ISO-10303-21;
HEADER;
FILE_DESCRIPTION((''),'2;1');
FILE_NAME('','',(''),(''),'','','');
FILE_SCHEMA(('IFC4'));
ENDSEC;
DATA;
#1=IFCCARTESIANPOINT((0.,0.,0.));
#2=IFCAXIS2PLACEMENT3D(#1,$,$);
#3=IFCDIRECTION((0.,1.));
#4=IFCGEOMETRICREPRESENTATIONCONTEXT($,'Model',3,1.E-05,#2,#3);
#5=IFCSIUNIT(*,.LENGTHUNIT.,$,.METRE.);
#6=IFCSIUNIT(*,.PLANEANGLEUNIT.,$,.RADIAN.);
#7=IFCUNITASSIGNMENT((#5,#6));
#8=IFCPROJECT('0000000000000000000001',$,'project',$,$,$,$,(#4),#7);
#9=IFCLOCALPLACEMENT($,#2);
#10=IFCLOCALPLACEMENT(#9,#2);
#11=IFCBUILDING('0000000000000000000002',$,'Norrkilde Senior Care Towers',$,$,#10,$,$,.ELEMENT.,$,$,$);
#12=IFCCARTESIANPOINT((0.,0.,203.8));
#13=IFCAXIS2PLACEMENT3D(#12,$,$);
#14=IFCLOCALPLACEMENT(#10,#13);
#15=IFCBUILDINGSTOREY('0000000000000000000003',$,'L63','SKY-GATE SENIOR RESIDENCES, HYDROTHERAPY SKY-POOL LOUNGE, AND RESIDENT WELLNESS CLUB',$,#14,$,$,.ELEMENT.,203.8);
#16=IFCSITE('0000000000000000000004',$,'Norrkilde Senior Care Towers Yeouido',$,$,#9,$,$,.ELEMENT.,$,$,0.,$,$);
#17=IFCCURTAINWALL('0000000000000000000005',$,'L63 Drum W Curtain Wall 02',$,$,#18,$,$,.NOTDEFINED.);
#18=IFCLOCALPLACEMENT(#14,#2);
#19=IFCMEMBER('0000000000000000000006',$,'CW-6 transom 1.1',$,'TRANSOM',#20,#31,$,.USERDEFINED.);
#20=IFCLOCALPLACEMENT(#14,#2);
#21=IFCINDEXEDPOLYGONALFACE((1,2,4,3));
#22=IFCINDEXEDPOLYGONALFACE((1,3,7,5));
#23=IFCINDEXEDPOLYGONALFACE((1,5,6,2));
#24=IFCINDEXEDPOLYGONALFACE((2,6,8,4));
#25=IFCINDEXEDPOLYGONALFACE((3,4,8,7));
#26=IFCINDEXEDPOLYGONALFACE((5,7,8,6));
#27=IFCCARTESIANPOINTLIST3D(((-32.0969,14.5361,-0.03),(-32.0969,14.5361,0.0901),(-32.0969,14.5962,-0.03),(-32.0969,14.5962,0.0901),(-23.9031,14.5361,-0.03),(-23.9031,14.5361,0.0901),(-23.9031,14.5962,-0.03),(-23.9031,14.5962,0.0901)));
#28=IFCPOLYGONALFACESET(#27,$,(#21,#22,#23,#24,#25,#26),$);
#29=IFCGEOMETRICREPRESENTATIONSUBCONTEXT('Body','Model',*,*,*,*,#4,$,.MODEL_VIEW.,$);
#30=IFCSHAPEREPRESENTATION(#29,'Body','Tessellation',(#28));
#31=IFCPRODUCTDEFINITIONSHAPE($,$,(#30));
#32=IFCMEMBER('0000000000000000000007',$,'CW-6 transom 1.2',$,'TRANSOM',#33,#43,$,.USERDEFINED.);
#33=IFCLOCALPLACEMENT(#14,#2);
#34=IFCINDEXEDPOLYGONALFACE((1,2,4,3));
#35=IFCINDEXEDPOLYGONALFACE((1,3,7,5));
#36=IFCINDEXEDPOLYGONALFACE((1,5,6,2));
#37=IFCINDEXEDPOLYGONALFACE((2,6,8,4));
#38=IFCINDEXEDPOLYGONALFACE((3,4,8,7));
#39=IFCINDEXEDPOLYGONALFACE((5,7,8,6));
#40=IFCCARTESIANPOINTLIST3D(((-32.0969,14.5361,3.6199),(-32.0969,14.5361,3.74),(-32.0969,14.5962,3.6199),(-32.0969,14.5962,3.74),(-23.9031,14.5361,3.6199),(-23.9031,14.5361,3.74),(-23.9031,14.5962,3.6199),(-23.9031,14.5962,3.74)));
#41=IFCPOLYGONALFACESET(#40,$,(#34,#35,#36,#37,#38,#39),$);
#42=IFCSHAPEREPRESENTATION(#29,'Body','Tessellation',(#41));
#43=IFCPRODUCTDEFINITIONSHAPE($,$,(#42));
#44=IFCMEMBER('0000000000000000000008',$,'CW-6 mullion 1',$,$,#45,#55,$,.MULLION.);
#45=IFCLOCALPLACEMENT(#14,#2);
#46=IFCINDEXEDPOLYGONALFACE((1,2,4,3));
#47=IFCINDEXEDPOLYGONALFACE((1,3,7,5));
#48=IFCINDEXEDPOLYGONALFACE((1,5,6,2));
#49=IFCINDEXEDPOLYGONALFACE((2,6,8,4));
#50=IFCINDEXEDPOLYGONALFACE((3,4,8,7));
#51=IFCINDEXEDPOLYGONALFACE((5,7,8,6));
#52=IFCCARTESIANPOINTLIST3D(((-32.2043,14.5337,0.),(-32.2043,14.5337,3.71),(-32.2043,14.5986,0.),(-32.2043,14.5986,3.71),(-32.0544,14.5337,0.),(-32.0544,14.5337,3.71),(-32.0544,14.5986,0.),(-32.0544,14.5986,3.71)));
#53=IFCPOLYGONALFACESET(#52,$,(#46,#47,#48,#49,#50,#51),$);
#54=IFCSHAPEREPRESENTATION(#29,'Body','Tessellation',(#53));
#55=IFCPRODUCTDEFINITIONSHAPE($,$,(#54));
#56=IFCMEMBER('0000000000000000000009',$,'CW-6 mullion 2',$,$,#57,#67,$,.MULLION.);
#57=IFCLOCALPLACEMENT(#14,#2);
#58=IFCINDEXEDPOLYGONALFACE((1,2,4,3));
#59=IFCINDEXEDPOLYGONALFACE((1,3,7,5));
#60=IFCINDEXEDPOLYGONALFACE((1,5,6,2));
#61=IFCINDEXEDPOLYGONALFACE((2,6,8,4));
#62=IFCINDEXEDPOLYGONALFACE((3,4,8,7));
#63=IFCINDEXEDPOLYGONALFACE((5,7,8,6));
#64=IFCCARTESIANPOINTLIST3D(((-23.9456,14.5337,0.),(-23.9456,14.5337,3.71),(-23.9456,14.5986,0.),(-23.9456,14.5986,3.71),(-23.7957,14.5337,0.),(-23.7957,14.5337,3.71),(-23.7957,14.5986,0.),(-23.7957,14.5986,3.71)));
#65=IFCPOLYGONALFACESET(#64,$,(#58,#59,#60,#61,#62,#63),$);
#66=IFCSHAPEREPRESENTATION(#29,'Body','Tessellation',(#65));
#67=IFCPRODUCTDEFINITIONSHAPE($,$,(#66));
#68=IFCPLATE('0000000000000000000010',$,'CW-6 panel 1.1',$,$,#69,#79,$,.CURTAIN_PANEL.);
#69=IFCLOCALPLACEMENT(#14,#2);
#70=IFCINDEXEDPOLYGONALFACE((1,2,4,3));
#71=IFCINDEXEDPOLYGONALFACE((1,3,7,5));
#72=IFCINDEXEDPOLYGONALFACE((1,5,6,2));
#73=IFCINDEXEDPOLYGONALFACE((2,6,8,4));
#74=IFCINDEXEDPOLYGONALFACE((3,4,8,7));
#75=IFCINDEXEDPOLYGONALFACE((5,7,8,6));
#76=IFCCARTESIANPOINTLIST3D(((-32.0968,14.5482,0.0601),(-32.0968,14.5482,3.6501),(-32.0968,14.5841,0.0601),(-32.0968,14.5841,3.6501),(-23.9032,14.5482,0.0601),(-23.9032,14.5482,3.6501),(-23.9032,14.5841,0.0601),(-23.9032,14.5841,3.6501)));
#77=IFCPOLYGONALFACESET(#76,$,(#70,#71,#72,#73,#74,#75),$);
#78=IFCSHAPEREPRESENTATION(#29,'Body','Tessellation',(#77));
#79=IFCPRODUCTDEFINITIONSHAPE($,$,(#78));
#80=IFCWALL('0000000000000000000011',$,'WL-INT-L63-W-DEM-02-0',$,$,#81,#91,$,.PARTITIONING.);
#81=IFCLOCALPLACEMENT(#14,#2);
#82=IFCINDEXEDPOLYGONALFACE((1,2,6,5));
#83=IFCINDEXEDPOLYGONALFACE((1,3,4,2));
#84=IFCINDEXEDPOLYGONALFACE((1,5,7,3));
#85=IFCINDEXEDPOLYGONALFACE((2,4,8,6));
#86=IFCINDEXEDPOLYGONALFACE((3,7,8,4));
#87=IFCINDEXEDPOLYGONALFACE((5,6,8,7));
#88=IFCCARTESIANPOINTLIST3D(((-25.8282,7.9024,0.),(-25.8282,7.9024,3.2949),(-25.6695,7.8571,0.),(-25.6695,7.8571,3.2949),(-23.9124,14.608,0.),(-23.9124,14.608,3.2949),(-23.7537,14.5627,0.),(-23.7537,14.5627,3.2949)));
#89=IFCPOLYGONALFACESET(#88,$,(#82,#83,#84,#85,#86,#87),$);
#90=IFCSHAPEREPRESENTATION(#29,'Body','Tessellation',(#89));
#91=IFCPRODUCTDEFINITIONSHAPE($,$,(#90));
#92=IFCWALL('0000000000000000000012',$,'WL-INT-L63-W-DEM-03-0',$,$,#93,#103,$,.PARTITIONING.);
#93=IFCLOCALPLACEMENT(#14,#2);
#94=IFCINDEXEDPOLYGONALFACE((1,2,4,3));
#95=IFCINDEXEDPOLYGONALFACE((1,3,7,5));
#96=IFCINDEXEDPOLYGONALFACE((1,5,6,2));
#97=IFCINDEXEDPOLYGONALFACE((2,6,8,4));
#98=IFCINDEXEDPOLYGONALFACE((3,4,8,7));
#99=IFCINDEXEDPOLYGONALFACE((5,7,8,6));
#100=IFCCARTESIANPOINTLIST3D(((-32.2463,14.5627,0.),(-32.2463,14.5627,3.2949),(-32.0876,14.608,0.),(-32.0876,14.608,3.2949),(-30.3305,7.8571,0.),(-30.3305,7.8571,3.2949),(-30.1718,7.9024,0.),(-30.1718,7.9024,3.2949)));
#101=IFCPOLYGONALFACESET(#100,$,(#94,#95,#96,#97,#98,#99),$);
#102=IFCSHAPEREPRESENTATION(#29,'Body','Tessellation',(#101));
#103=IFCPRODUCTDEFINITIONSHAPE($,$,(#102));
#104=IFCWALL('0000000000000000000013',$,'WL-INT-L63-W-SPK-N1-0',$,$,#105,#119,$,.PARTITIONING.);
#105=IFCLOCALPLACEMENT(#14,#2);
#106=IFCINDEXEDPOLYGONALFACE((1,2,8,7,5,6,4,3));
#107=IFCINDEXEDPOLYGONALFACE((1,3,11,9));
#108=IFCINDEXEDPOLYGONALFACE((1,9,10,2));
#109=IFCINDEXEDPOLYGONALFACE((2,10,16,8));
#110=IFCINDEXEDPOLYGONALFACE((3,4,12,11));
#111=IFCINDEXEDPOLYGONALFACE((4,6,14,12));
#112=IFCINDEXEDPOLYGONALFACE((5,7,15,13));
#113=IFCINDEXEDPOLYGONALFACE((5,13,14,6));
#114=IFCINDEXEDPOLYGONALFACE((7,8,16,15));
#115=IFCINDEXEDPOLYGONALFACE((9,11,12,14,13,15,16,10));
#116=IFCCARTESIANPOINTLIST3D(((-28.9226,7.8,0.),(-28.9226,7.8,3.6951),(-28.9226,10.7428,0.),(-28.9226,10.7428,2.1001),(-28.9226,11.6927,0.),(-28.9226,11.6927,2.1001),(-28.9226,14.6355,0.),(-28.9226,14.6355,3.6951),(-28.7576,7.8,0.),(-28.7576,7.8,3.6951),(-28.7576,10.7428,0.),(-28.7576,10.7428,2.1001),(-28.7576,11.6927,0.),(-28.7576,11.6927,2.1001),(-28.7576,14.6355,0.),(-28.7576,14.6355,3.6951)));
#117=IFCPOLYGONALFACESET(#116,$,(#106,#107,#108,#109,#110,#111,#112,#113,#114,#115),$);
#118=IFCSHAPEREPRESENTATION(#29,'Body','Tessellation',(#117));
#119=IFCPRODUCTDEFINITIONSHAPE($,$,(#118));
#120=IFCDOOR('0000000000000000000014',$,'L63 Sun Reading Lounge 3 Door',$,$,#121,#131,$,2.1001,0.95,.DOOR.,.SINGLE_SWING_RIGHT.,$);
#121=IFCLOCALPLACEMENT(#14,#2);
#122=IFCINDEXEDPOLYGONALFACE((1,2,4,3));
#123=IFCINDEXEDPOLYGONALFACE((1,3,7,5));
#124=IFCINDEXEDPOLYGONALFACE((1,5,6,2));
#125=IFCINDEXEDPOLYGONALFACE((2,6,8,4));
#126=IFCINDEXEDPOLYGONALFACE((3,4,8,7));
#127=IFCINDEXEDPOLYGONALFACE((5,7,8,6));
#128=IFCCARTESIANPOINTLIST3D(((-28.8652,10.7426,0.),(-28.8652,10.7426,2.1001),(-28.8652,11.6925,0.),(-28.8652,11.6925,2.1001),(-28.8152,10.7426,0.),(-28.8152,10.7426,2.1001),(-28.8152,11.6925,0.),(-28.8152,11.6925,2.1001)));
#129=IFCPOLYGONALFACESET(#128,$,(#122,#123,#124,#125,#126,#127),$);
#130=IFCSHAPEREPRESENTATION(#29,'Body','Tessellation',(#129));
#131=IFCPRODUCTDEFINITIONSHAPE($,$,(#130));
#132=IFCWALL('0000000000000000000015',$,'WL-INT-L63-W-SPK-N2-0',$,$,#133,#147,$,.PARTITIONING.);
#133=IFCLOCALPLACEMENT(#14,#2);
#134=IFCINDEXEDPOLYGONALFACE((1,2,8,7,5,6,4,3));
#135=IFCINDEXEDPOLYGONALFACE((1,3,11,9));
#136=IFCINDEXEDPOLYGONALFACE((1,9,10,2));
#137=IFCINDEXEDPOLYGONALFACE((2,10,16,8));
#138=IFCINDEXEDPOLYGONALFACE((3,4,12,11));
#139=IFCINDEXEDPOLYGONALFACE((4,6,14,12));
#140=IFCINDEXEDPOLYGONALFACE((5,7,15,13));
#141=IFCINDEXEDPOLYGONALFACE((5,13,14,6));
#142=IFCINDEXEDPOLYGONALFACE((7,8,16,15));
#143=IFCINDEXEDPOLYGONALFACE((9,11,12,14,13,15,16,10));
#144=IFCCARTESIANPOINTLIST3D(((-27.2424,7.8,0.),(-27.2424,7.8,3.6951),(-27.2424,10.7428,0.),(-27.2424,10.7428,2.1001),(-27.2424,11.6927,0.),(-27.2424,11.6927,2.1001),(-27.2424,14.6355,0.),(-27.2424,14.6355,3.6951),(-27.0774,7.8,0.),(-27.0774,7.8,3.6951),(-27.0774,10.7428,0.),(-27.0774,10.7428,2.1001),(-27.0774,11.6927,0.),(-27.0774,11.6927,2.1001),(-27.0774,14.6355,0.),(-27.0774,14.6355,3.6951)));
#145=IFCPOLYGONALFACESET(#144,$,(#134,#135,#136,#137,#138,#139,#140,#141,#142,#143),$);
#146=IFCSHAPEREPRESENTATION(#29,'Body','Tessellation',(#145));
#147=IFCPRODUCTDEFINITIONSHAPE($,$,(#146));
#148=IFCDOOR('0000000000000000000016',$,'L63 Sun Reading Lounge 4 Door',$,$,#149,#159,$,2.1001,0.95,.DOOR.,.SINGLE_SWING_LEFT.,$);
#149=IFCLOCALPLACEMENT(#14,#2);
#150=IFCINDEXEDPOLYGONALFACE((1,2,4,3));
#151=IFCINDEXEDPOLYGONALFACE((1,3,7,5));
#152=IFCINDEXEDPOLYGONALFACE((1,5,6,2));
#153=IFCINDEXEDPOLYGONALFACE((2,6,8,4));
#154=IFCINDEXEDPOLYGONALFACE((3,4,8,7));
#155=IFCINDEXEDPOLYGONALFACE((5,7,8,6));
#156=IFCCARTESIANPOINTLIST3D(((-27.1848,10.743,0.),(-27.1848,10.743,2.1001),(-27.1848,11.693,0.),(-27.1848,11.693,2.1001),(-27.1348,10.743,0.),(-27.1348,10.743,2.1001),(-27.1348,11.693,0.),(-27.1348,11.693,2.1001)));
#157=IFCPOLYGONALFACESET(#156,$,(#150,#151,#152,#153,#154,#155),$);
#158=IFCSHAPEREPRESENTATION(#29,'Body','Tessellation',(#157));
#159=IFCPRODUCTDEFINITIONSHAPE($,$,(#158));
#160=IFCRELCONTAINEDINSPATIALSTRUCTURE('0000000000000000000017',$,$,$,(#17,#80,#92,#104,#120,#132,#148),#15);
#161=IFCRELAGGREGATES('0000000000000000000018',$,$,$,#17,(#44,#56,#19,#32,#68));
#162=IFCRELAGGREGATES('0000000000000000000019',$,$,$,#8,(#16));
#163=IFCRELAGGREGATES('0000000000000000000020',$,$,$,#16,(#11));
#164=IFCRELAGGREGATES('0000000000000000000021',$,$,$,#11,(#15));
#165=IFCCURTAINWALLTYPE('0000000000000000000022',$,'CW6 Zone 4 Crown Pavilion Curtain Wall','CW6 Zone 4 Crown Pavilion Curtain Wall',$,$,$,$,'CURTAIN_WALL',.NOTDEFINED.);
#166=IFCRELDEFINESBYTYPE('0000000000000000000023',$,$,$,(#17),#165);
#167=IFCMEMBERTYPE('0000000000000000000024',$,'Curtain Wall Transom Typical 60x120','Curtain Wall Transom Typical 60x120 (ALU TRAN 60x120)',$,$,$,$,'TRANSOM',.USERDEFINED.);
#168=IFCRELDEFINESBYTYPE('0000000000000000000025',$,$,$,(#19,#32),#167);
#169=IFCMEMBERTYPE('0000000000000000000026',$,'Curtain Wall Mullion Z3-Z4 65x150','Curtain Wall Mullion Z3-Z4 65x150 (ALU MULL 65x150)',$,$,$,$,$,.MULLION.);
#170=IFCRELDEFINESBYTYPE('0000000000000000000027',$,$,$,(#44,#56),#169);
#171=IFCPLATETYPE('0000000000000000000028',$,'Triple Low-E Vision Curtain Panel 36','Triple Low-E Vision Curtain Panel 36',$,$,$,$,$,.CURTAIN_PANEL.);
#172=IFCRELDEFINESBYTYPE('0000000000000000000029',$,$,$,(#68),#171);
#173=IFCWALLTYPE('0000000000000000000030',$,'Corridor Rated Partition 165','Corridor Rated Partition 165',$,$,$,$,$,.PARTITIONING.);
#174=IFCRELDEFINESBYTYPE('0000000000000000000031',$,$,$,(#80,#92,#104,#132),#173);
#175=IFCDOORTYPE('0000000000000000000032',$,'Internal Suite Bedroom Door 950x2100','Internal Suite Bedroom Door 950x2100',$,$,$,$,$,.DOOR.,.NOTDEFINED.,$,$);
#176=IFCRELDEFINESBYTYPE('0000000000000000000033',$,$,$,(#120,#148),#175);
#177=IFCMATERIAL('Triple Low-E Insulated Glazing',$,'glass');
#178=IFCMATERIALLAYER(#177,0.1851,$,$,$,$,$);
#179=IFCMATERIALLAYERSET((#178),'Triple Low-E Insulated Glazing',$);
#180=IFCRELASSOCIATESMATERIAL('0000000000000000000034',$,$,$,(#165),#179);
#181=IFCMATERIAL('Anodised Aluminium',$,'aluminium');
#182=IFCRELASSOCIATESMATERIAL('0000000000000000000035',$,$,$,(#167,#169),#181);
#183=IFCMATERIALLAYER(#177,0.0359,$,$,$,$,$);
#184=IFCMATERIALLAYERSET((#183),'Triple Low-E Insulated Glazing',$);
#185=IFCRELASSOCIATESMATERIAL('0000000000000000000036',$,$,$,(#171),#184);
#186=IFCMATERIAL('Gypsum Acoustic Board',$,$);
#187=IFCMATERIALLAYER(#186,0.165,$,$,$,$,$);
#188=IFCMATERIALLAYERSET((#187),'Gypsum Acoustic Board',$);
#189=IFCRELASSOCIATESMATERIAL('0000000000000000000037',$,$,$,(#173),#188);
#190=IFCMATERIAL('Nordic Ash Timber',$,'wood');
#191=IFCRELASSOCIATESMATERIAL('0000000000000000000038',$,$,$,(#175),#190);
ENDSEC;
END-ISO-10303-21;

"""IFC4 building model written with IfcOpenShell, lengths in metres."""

from ifc_helpers import new_model, si_unit, direction, frame, frame_2d, origin, origin_2d, place, context, subcontext, project, spatial, rectangle, extrude, source, transform, mapped, material, layer, layer_set, material_profile, profile_set, type_object, type_shapes, element, fill, aggregate, save


model = new_model("IFC4")

# Units and contexts
model_context = context("Model", 3, precision=1e-05, world=origin(), true_north=direction((0.0, 1.0)))
body_context = subcontext(model_context, "Body", "Model", "MODEL_VIEW")
ifc_project = project(units=[si_unit("LENGTHUNIT", "METRE"), si_unit("PLANEANGLEUNIT", "RADIAN")], contexts=[model_context])

# Site, building, storey
site_placement = place(None, origin())
site = spatial("IfcSite", under=ifc_project, at=site_placement, Name="Norrkilde Senior Care Towers Yeouido", CompositionType="ELEMENT", RefElevation=0.0)
building_placement = place(site_placement, origin())
building = spatial("IfcBuilding", under=site, at=building_placement, Name="Norrkilde Senior Care Towers", CompositionType="ELEMENT")
storey_placement = place(building_placement, frame((0.0, 0.0, 203.8)))
storey = spatial("IfcBuildingStorey", under=building, at=storey_placement, Name="L63", Description="SKY-GATE SENIOR RESIDENCES, HYDROTHERAPY SKY-POOL LOUNGE, AND RESIDENT WELLNESS CLUB", CompositionType="ELEMENT", Elevation=203.8)

# Curtain wall, members, plate
ifc_material_1 = material(Name="Triple Low-E Insulated Glazing", Category="glass")
ifc_layer_1 = layer(ifc_material_1, 0.1851)
ifc_layer_set_1 = layer_set([ifc_layer_1], Name="Triple Low-E Insulated Glazing")
curtain_wall_type = type_object("IfcCurtainWallType", Name="CW6 Zone 4 Crown Pavilion Curtain Wall", Description="CW6 Zone 4 Crown Pavilion Curtain Wall", ElementType="CURTAIN_WALL", PredefinedType="NOTDEFINED", material=ifc_layer_set_1)
curtain_wall_placement = place(storey_placement, origin())
curtain_wall = element("IfcCurtainWall", 1, at=curtain_wall_placement, inside=storey, type_object=curtain_wall_type, Name="L63 Drum W Curtain Wall 02", PredefinedType="NOTDEFINED")
ifc_material_2 = material(Name="Anodised Aluminium", Category="aluminium")
ifc_material_profile_1 = material_profile(ifc_material_2, rectangle(XDim=0.0601, YDim=0.1201, at=origin_2d()), Name="ALU TRAN 60x120")
ifc_profile_set_1 = profile_set([ifc_material_profile_1], Name="Anodised Aluminium")
member_type_1 = type_object("IfcMemberType", Name="Curtain Wall Transom Typical 60x120", Description="Curtain Wall Transom Typical 60x120 (ALU TRAN 60x120)", ElementType="TRANSOM", PredefinedType="USERDEFINED", material=ifc_profile_set_1)
shared_shape_1 = source(origin(), body_context, "Body", "SweptSolid", [
    extrude(rectangle(XDim=0.0601, YDim=0.1201, at=origin_2d()), origin(), (0.0, 0.0, 1.0), 8.1938),
])
type_shapes(member_type_1, [shared_shape_1])
member_1_placement = place(storey_placement, frame((-32.0969, 14.5662, 0.03), z_axis=(1.0, 0.0, 0.0), x_axis=(0.0, 1.0, 0.0)))
member_1 = element("IfcMember", 2, at=member_1_placement, type_object=member_type_1, Name="CW-6 transom 1.1", ObjectType="TRANSOM", PredefinedType="USERDEFINED", context=body_context, shape_type="MappedRepresentation", body=[
    mapped(shared_shape_1, transform((0.0, 0.0, 0.0), x_axis=(1.0, 0.0, 0.0), y_axis=(0.0, 1.0, 0.0), z_axis=(0.0, 0.0, 1.0), scale=1.0)),
])
member_2_placement = place(storey_placement, frame((-32.0969, 14.5662, 3.6799), z_axis=(1.0, 0.0, 0.0), x_axis=(0.0, 1.0, 0.0)))
member_2 = element("IfcMember", 3, at=member_2_placement, type_object=member_type_1, Name="CW-6 transom 1.2", ObjectType="TRANSOM", PredefinedType="USERDEFINED", context=body_context, shape_type="MappedRepresentation", body=[
    mapped(shared_shape_1, transform((0.0, 0.0, 0.0), x_axis=(1.0, 0.0, 0.0), y_axis=(0.0, 1.0, 0.0), z_axis=(0.0, 0.0, 1.0), scale=1.0)),
])
ifc_material_profile_2 = material_profile(ifc_material_2, rectangle(XDim=0.0649, YDim=0.1499, at=origin_2d()), Name="ALU MULL 65x150")
ifc_profile_set_2 = profile_set([ifc_material_profile_2], Name="Anodised Aluminium")
member_type_2 = type_object("IfcMemberType", Name="Curtain Wall Mullion Z3-Z4 65x150", Description="Curtain Wall Mullion Z3-Z4 65x150 (ALU MULL 65x150)", PredefinedType="MULLION", material=ifc_profile_set_2)
shared_shape_2 = source(origin(), body_context, "Body", "SweptSolid", [
    extrude(rectangle(XDim=0.0649, YDim=0.1499, at=origin_2d()), origin(), (0.0, 0.0, 1.0), 3.71),
])
type_shapes(member_type_2, [shared_shape_2])
member_3_placement = place(storey_placement, frame((-32.1294, 14.5662, 0.0), z_axis=(0.0, 0.0, 1.0), x_axis=(0.0, 1.0, 0.0)))
member_3 = element("IfcMember", 4, at=member_3_placement, type_object=member_type_2, Name="CW-6 mullion 1", PredefinedType="MULLION", context=body_context, shape_type="MappedRepresentation", body=[
    mapped(shared_shape_2, transform((0.0, 0.0, 0.0), x_axis=(1.0, 0.0, 0.0), y_axis=(0.0, 1.0, 0.0), z_axis=(0.0, 0.0, 1.0), scale=1.0)),
])
member_4_placement = place(storey_placement, frame((-23.8706, 14.5662, 0.0), z_axis=(0.0, 0.0, 1.0), x_axis=(0.0, 1.0, 0.0)))
member_4 = element("IfcMember", 5, at=member_4_placement, type_object=member_type_2, Name="CW-6 mullion 2", PredefinedType="MULLION", context=body_context, shape_type="MappedRepresentation", body=[
    mapped(shared_shape_2, transform((0.0, 0.0, 0.0), x_axis=(1.0, 0.0, 0.0), y_axis=(0.0, 1.0, 0.0), z_axis=(0.0, 0.0, 1.0), scale=1.0)),
])
ifc_layer_2 = layer(ifc_material_1, 0.0359)
ifc_layer_set_2 = layer_set([ifc_layer_2], Name="Triple Low-E Insulated Glazing")
plate_type = type_object("IfcPlateType", Name="Triple Low-E Vision Curtain Panel 36", Description="Triple Low-E Vision Curtain Panel 36", PredefinedType="CURTAIN_PANEL", material=ifc_layer_set_2)
shared_shape_3 = source(origin(), body_context, "Body", "SweptSolid", [
    extrude(rectangle(XDim=8.1936, YDim=0.0359, at=origin_2d()), origin(), (0.0, 0.0, 1.0), 3.5901),
])
type_shapes(plate_type, [shared_shape_3])
plate_placement = place(storey_placement, frame((-28.0, 14.5662, 0.0601), z_axis=(0.0, 0.0, 1.0), x_axis=(1.0, 0.0, 0.0)))
plate = element("IfcPlate", 6, at=plate_placement, type_object=plate_type, Name="CW-6 panel 1.1", PredefinedType="CURTAIN_PANEL", context=body_context, shape_type="MappedRepresentation", body=[
    mapped(shared_shape_3, transform((0.0, 0.0, 0.0), x_axis=(1.0, 0.0, 0.0), y_axis=(0.0, 1.0, 0.0), z_axis=(0.0, 0.0, 1.0), scale=1.0)),
])
aggregate(curtain_wall, [member_3, member_4, member_1, member_2, plate])

# Shared definitions
ifc_material_3 = material(Name="Gypsum Acoustic Board")
ifc_layer_3 = layer(ifc_material_3, 0.165)
ifc_layer_set_3 = layer_set([ifc_layer_3], Name="Gypsum Acoustic Board")
wall_type_1 = type_object("IfcWallType", Name="Corridor Rated Partition 165", Description="Corridor Rated Partition 165", PredefinedType="PARTITIONING", material=ifc_layer_set_3)
ifc_material_4 = material(Name="Nordic Ash Timber", Category="wood")

# Walls
shared_shape_4 = source(origin(), body_context, "Body", "SweptSolid", [
    extrude(rectangle(XDim=6.9739, YDim=0.165, at=frame_2d((3.4868, 0.0))), origin(), (0.0, 0.0, 1.0), 3.2949),
])
for number, where, z_axis, x_axis, name in (
    (7, (-25.7488, 7.8799, 0.0), (0.0, 0.0, 1.0), (0.274707, 0.961528, 0.0), "WL-INT-L63-W-DEM-02-0"),
    (8, (-30.2512, 7.8799, 0.0), (0.0, 0.0, 1.0), (-0.274707, 0.961528, 0.0), "WL-INT-L63-W-DEM-03-0"),
):
    element("IfcWall", number, at=place(storey_placement, frame(where, z_axis=z_axis, x_axis=x_axis)), inside=storey, type_object=wall_type_1, Name=name, PredefinedType="PARTITIONING", context=body_context, shape_type="MappedRepresentation", body=[
        mapped(shared_shape_4, transform((0.0, 0.0, 0.0), x_axis=(1.0, 0.0, 0.0), y_axis=(0.0, 1.0, 0.0), z_axis=(0.0, 0.0, 1.0), scale=1.0)),
    ])

# Walls, openings, doors
shared_shape_5 = source(origin(), body_context, "Body", "SweptSolid", [
    extrude(rectangle(XDim=6.8354, YDim=0.165, at=frame_2d((3.4177, 0.0))), origin(), (0.0, 0.0, 1.0), 3.6951),
])
wall_1_placement = place(storey_placement, frame((-28.8401, 7.8, 0.0), z_axis=(0.0, 0.0, 1.0), x_axis=(0.0, 1.0, 0.0)))
wall_1 = element("IfcWall", 9, at=wall_1_placement, inside=storey, type_object=wall_type_1, Name="WL-INT-L63-W-SPK-N1-0", PredefinedType="PARTITIONING", context=body_context, shape_type="MappedRepresentation", body=[
    mapped(shared_shape_5, transform((0.0, 0.0, 0.0), x_axis=(1.0, 0.0, 0.0), y_axis=(0.0, 1.0, 0.0), z_axis=(0.0, 0.0, 1.0), scale=1.0)),
])
opening_1_placement = place(wall_1_placement, frame((2.9426, 0.0, 0.0)))
opening_1 = element("IfcOpeningElement", 10, at=opening_1_placement, cuts=wall_1, PredefinedType="OPENING", context=body_context, shape_type="SweptSolid", body=[
    extrude(rectangle(XDim=0.95, YDim=2.1001, at=frame_2d((0.4751, 1.05))), frame((0.0, 0.0925, 0.0), z_axis=(0.0, -1.0, 0.0), x_axis=(1.0, 0.0, 0.0)), (0.0, 0.0, 1.0), 0.1851),
])
door_type_1 = type_object("IfcDoorType", Name="Internal Suite Bedroom Door 950x2100", Description="Internal Suite Bedroom Door 950x2100", OperationType="NOTDEFINED", PredefinedType="DOOR", material=ifc_material_4)
shared_shape_6 = source(origin(), body_context, "Body", "SweptSolid", [
    extrude(rectangle(XDim=0.95, YDim=2.1001, at=frame_2d((0.4751, 1.05))), frame((0.0, 0.0249, 0.0), z_axis=(0.0, -1.0, 0.0), x_axis=(1.0, 0.0, 0.0)), (0.0, 0.0, 1.0), 0.05),
])
type_shapes(door_type_1, [shared_shape_6])
door_1_placement = place(opening_1_placement, frame((0.95, 0.0, 0.0), z_axis=(0.0, 0.0, 1.0), x_axis=(-1.0, 0.0, 0.0)))
door_1 = element("IfcDoor", 11, at=door_1_placement, inside=storey, type_object=door_type_1, Name="L63 Sun Reading Lounge 3 Door", OperationType="SINGLE_SWING_RIGHT", OverallHeight=2.1001, OverallWidth=0.95, PredefinedType="DOOR", context=body_context, shape_type="MappedRepresentation", body=[
    mapped(shared_shape_6, transform((0.0, 0.0, 0.0), x_axis=(1.0, 0.0, 0.0), y_axis=(0.0, 1.0, 0.0), z_axis=(0.0, 0.0, 1.0), scale=1.0)),
])
fill(opening_1, door_1)
wall_2_placement = place(storey_placement, frame((-27.1599, 14.6355, 0.0), z_axis=(0.0, 0.0, 1.0), x_axis=(0.0, -1.0, 0.0)))
wall_2 = element("IfcWall", 12, at=wall_2_placement, inside=storey, type_object=wall_type_1, Name="WL-INT-L63-W-SPK-N2-0", PredefinedType="PARTITIONING", context=body_context, shape_type="MappedRepresentation", body=[
    mapped(shared_shape_5, transform((0.0, 0.0, 0.0), x_axis=(1.0, 0.0, 0.0), y_axis=(0.0, 1.0, 0.0), z_axis=(0.0, 0.0, 1.0), scale=1.0)),
])
opening_2_placement = place(wall_2_placement, frame((2.9426, 0.0, 0.0)))
opening_2 = element("IfcOpeningElement", 13, at=opening_2_placement, cuts=wall_2, PredefinedType="OPENING", context=body_context, shape_type="SweptSolid", body=[
    extrude(rectangle(XDim=0.95, YDim=2.1001, at=frame_2d((0.4751, 1.05))), frame((0.0, 0.0925, 0.0), z_axis=(0.0, -1.0, 0.0), x_axis=(1.0, 0.0, 0.0)), (0.0, 0.0, 1.0), 0.1851),
])
door_2_placement = place(opening_2_placement, frame((0.95, 0.0, 0.0), z_axis=(0.0, 0.0, 1.0), x_axis=(-1.0, 0.0, 0.0)))
door_2 = element("IfcDoor", 14, at=door_2_placement, inside=storey, type_object=door_type_1, Name="L63 Sun Reading Lounge 4 Door", OperationType="SINGLE_SWING_LEFT", OverallHeight=2.1001, OverallWidth=0.95, PredefinedType="DOOR", context=body_context, shape_type="MappedRepresentation", body=[
    mapped(shared_shape_6, transform((0.0, 0.0, 0.0), x_axis=(1.0, 0.0, 0.0), y_axis=(0.0, 1.0, 0.0), z_axis=(0.0, 0.0, 1.0), scale=1.0)),
])
fill(opening_2, door_2)

save(model, "model.ifc")
